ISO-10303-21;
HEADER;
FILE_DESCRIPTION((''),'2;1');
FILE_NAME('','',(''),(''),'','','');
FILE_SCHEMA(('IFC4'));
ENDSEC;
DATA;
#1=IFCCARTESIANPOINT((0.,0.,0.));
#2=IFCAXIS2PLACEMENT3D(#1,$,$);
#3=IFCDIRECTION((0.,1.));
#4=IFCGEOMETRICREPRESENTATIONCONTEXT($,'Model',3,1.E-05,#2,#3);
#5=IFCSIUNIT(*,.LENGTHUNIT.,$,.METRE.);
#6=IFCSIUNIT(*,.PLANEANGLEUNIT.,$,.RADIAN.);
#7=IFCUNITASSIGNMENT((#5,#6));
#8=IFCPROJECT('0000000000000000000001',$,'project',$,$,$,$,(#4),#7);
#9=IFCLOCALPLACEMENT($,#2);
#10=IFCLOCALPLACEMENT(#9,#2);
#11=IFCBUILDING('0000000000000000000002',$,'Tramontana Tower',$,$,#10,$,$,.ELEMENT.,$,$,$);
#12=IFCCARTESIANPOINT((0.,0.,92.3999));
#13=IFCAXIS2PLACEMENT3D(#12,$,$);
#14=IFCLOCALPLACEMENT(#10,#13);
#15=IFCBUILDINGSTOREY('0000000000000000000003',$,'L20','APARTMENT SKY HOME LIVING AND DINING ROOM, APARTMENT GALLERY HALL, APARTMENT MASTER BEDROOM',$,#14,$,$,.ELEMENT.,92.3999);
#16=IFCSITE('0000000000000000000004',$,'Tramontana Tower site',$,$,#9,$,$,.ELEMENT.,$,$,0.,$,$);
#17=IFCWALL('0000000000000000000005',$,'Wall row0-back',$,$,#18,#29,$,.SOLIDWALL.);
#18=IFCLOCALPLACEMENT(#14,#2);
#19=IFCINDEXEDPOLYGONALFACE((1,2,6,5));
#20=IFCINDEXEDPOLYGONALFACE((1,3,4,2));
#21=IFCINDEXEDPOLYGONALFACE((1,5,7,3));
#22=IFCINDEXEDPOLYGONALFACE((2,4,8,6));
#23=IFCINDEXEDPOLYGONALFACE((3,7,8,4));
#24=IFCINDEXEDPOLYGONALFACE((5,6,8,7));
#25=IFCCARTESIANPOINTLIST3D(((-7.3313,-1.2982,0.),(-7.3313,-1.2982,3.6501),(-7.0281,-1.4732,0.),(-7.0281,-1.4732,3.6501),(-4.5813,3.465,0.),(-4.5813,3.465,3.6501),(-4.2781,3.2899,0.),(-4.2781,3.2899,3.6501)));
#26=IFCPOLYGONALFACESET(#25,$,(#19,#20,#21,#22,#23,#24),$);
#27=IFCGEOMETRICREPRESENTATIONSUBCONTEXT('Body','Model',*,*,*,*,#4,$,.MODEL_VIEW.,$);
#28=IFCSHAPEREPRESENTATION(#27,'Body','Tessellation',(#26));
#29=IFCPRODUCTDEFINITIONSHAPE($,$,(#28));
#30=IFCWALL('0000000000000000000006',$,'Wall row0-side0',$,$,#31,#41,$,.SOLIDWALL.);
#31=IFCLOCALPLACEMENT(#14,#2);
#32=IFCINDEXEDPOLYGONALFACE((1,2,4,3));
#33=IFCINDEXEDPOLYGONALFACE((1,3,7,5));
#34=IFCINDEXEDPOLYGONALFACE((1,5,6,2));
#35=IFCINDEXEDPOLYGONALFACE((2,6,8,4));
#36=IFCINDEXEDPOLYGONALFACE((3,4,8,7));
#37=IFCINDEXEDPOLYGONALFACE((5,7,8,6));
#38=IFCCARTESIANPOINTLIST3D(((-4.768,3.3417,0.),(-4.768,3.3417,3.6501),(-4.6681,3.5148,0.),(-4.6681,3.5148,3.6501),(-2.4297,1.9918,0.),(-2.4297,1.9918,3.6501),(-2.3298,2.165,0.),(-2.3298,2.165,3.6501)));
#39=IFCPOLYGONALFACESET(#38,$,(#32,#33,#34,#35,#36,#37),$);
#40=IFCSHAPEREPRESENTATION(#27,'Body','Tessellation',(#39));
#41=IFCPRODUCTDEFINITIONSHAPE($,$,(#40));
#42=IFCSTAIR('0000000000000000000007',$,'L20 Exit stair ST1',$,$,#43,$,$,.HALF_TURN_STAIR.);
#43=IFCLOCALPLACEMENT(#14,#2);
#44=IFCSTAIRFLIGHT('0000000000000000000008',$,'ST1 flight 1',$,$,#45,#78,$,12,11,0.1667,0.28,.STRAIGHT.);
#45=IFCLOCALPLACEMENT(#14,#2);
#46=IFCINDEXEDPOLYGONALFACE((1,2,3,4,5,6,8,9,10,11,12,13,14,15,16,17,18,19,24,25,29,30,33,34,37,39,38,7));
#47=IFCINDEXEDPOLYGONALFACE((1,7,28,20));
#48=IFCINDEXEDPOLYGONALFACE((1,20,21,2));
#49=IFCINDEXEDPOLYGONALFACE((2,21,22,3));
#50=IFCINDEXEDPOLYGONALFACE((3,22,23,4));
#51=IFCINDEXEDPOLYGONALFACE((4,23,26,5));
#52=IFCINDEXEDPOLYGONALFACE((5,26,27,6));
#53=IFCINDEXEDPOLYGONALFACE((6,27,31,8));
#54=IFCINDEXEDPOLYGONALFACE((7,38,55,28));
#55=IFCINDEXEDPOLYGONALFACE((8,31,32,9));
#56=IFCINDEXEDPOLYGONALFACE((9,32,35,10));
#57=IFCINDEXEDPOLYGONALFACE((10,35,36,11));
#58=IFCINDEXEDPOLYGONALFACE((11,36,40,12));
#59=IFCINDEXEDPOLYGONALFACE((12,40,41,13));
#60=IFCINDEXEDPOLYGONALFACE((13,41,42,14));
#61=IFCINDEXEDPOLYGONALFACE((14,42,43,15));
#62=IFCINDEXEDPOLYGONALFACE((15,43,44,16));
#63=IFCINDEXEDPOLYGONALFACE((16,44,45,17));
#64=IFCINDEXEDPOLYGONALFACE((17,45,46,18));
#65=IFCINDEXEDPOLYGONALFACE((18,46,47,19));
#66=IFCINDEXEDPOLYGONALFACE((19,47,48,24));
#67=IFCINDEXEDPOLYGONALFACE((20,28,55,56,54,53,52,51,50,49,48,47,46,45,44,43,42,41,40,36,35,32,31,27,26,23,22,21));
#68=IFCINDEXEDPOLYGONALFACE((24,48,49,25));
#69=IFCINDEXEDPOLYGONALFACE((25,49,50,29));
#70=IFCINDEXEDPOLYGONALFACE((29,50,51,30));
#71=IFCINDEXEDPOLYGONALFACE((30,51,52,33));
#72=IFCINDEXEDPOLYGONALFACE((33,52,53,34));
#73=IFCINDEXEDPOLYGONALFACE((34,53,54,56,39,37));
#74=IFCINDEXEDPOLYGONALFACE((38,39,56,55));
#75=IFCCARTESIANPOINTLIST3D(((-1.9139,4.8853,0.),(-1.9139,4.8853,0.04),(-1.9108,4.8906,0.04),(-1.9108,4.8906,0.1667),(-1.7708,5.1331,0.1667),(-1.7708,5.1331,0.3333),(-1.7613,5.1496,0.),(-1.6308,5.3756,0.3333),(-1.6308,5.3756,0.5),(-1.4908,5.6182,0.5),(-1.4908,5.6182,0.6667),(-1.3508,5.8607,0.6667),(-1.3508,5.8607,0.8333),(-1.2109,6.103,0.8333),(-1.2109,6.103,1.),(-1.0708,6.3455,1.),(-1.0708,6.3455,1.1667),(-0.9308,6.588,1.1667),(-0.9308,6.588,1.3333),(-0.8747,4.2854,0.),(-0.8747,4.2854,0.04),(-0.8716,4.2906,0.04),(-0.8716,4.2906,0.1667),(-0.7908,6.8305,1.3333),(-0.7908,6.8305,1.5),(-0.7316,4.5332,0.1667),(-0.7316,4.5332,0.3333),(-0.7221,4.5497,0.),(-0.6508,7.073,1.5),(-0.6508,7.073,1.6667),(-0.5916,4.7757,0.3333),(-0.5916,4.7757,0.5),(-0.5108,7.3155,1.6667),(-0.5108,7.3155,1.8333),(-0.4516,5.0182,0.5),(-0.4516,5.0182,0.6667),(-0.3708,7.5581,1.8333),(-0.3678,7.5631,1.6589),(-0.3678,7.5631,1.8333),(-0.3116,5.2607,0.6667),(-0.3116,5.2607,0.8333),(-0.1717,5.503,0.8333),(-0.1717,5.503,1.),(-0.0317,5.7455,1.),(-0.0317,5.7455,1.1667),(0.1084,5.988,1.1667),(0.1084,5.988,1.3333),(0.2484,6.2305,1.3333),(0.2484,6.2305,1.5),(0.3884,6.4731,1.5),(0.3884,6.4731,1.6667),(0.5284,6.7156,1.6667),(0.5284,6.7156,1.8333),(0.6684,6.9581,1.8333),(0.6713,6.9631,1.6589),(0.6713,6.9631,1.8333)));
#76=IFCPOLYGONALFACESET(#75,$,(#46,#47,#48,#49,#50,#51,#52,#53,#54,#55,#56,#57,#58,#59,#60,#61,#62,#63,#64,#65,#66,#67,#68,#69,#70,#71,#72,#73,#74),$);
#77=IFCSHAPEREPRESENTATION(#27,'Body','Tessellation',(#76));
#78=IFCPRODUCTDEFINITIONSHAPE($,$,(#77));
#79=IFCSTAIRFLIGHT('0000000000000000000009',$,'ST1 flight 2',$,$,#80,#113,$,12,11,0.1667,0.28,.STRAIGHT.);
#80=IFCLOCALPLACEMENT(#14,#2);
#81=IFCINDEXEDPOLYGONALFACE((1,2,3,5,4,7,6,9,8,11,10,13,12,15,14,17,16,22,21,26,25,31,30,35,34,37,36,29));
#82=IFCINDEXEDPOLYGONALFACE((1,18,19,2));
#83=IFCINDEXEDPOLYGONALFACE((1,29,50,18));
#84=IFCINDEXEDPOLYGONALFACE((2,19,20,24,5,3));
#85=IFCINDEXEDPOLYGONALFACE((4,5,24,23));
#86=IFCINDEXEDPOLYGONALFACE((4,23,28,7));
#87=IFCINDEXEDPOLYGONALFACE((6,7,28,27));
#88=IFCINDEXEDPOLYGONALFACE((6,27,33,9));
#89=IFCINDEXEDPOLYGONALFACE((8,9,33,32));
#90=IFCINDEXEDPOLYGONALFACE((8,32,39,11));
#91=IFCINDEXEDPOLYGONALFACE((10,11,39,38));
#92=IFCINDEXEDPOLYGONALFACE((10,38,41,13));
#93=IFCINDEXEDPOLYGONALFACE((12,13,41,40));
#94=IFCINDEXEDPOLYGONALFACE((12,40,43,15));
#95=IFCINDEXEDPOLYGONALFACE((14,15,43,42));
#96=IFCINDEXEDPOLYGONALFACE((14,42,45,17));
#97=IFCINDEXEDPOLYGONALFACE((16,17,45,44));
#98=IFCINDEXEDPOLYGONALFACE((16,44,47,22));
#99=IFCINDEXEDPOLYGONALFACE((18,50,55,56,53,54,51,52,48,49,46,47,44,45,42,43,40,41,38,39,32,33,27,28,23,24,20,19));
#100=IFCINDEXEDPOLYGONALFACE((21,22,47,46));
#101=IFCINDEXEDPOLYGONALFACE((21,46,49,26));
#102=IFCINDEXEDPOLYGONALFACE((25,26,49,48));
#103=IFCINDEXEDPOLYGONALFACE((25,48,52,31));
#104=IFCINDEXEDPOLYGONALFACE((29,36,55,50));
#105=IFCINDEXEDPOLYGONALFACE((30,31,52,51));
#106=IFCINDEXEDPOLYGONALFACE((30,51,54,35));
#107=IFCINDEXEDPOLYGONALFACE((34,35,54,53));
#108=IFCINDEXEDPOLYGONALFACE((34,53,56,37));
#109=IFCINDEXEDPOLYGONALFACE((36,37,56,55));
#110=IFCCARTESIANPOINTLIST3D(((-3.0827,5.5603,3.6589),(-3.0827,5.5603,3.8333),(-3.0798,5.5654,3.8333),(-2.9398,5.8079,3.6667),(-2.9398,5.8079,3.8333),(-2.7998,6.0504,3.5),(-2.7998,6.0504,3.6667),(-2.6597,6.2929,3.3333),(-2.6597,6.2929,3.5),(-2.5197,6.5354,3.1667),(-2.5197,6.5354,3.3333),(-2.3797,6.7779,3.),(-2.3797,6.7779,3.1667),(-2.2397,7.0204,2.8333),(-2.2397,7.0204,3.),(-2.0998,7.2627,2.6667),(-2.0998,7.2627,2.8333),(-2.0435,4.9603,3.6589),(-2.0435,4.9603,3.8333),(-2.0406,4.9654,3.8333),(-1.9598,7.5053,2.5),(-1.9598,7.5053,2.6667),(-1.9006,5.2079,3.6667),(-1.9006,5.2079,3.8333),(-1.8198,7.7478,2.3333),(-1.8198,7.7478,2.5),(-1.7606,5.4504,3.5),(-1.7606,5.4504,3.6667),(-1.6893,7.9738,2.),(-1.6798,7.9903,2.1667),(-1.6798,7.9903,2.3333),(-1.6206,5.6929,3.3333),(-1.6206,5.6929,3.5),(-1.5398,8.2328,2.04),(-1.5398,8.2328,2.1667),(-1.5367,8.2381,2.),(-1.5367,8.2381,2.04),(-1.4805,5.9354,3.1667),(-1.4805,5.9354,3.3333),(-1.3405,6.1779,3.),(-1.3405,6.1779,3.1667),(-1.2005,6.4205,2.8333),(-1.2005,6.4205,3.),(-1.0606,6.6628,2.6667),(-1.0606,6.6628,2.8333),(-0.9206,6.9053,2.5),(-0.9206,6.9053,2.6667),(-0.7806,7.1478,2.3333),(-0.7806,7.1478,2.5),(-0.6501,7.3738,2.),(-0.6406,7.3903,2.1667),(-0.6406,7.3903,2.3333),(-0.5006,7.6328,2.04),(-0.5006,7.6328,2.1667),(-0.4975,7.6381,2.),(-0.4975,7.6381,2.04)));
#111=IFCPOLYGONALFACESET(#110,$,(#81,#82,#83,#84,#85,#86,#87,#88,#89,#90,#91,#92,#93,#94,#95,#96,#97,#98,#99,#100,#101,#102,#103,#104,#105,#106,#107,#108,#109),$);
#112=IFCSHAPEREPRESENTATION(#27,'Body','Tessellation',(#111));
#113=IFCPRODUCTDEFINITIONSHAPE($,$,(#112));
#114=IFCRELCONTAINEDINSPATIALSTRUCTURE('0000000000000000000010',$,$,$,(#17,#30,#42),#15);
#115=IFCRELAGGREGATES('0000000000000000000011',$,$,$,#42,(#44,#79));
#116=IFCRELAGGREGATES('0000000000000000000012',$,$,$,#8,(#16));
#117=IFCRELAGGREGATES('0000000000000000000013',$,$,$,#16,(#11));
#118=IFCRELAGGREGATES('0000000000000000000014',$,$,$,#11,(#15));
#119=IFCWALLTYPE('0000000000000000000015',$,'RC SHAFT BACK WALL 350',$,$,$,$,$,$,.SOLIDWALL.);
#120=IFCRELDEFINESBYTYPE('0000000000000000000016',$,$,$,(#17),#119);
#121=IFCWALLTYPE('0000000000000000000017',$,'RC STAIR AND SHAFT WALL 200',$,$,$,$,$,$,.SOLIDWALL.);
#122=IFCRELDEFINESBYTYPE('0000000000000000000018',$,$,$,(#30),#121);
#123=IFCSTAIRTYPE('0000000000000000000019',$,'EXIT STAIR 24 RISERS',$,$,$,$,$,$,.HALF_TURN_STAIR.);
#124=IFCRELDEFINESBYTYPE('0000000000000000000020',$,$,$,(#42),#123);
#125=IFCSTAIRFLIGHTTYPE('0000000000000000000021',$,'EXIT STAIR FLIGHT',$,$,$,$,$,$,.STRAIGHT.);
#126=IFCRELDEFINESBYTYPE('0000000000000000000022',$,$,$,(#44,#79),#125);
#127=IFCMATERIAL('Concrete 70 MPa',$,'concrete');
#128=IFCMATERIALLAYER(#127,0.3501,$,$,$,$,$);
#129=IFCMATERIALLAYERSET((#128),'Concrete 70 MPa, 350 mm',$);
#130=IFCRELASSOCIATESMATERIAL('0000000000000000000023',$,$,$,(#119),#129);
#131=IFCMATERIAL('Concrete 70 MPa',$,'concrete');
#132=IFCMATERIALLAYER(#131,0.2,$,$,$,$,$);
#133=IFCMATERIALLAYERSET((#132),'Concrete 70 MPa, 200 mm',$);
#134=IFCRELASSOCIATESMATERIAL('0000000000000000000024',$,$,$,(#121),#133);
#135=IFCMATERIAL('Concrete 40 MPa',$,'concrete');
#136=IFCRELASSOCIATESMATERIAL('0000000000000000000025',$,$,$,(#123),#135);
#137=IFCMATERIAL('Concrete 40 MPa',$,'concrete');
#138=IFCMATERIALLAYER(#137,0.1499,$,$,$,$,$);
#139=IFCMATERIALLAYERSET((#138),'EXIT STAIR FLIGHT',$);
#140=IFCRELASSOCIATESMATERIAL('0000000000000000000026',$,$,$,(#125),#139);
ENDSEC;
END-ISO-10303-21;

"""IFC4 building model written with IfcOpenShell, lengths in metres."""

from ifc_helpers import new_model, si_unit, direction, frame, frame_2d, origin, place, context, subcontext, project, spatial, polyline, rectangle, outline, extrude, material, layer, layer_set, type_object, element, aggregate, save


model = new_model("IFC4")

# Units and contexts
model_context = context("Model", 3, precision=1e-05, world=origin(), true_north=direction((0.0, 1.0)))
body_context = subcontext(model_context, "Body", "Model", "MODEL_VIEW")
ifc_project = project(units=[si_unit("LENGTHUNIT", "METRE"), si_unit("PLANEANGLEUNIT", "RADIAN")], contexts=[model_context])

# Site, building, storey
site_placement = place(None, origin())
site = spatial("IfcSite", under=ifc_project, at=site_placement, Name="Tramontana Tower site", CompositionType="ELEMENT", RefElevation=0.0)
building_placement = place(site_placement, origin())
building = spatial("IfcBuilding", under=site, at=building_placement, Name="Tramontana Tower", CompositionType="ELEMENT")
storey_placement = place(building_placement, frame((0.0, 0.0, 92.3999)))
storey = spatial("IfcBuildingStorey", under=building, at=storey_placement, Name="L20", Description="APARTMENT SKY HOME LIVING AND DINING ROOM, APARTMENT GALLERY HALL, APARTMENT MASTER BEDROOM", CompositionType="ELEMENT", Elevation=92.3999)

# Wall
ifc_material_1 = material(Name="Concrete 70 MPa", Category="concrete")
ifc_layer_1 = layer(ifc_material_1, 0.3501)
ifc_layer_set_1 = layer_set([ifc_layer_1], Name="Concrete 70 MPa, 350 mm")
wall_type_1 = type_object("IfcWallType", Name="RC SHAFT BACK WALL 350", PredefinedType="SOLIDWALL", material=ifc_layer_set_1)
wall_1_placement = place(storey_placement, frame((-4.4297, 3.3774, 0.0), z_axis=(0.0, 0.0, 1.0), x_axis=(-0.499997, -0.866027, 0.0)))
element("IfcWall", 1, at=wall_1_placement, inside=storey, type_object=wall_type_1, Name="Wall row0-back", PredefinedType="SOLIDWALL", context=body_context, shape_type="SweptSolid", body=[
    extrude(rectangle(XDim=5.5, YDim=0.3501, at=frame_2d((2.75, 0.0))), origin(), (0.0, 0.0, 1.0), 3.6501),
])

# Shared definitions
ifc_material_2 = material(Name="Concrete 70 MPa", Category="concrete")
ifc_layer_2 = layer(ifc_material_2, 0.2)
ifc_layer_set_2 = layer_set([ifc_layer_2], Name="Concrete 70 MPa, 200 mm")
wall_type_2 = type_object("IfcWallType", Name="RC STAIR AND SHAFT WALL 200", PredefinedType="SOLIDWALL", material=ifc_layer_set_2)

# Wall
wall_2_placement = place(storey_placement, frame((-2.3796, 2.0784, 0.0), z_axis=(0.0, 0.0, 1.0), x_axis=(-0.866059, 0.499942, 0.0)))
element("IfcWall", 2, at=wall_2_placement, inside=storey, type_object=wall_type_2, Name="Wall row0-side0", PredefinedType="SOLIDWALL", context=body_context, shape_type="SweptSolid", body=[
    extrude(rectangle(XDim=2.7, YDim=0.2, at=frame_2d((1.3501, 0.0))), origin(), (0.0, 0.0, 1.0), 3.6501),
])

# Stair, stair flights
ifc_material_3 = material(Name="Concrete 40 MPa", Category="concrete")
stair_type = type_object("IfcStairType", Name="EXIT STAIR 24 RISERS", PredefinedType="HALF_TURN_STAIR", material=ifc_material_3)
stair_placement = place(storey_placement, origin())
stair = element("IfcStair", 3, at=stair_placement, inside=storey, type_object=stair_type, Name="L20 Exit stair ST1", PredefinedType="HALF_TURN_STAIR")
ifc_material_4 = material(Name="Concrete 40 MPa", Category="concrete")
ifc_layer_3 = layer(ifc_material_4, 0.1499)
ifc_layer_set_3 = layer_set([ifc_layer_3], Name="EXIT STAIR FLIGHT")
stair_flight_type = type_object("IfcStairFlightType", Name="EXIT STAIR FLIGHT", PredefinedType="STRAIGHT", material=ifc_layer_set_3)
stair_flight_1_placement = place(storey_placement, frame((-1.3911, 4.5906, 0.0), z_axis=(0.0, 0.0, 1.0), x_axis=(0.5, 0.866025, 0.0)))
stair_flight_1 = element("IfcStairFlight", 4, at=stair_flight_1_placement, type_object=stair_flight_type, Name="ST1 flight 1", NumberOfRisers=12, NumberOfTreads=11, PredefinedType="STRAIGHT", RiserHeight=0.1667, TreadLength=0.28, context=body_context, shape_type="SweptSolid", body=[
    extrude(outline(polyline([(-0.0061, 0.0), (-0.0061, 0.04), (0.0, 0.04), (0.0, 0.1667), (0.28, 0.1667), (0.28, 0.3333), (0.5601, 0.3333), (0.5601, 0.5), (0.8401, 0.5), (0.8401, 0.6667), (1.1201, 0.6667), (1.1201, 0.8333), (1.3999, 0.8333), (1.3999, 1.0), (1.6799, 1.0), (1.6799, 1.1667), (1.96, 1.1667), (1.96, 1.3333), (2.24, 1.3333), (2.24, 1.5), (2.52, 1.5), (2.52, 1.6667), (2.8, 1.6667), (2.8, 1.8333), (3.0801, 1.8333), (3.0859, 1.8333), (3.0859, 1.6589), (0.2991, 0.0), (-0.0061, 0.0)])), frame((0.0, 0.6001, 0.0), z_axis=(0.0, -1.0, 0.0), x_axis=(1.0, 0.0, 0.0)), (0.0, 0.0, 1.0), 1.2),
])
stair_flight_2_placement = place(storey_placement, frame((-1.0203, 7.9329, 2.0), z_axis=(0.0, 0.0, 1.0), x_axis=(-0.5, -0.866025, 0.0)))
stair_flight_2 = element("IfcStairFlight", 5, at=stair_flight_2_placement, type_object=stair_flight_type, Name="ST1 flight 2", NumberOfRisers=12, NumberOfTreads=11, PredefinedType="STRAIGHT", RiserHeight=0.1667, TreadLength=0.28, context=body_context, shape_type="SweptSolid", body=[
    extrude(outline(polyline([(-0.0061, 0.0), (-0.0061, 0.04), (0.0, 0.04), (0.0, 0.1667), (0.28, 0.1667), (0.28, 0.3333), (0.5601, 0.3333), (0.5601, 0.5), (0.8401, 0.5), (0.8401, 0.6667), (1.1201, 0.6667), (1.1201, 0.8333), (1.3999, 0.8333), (1.3999, 1.0), (1.6799, 1.0), (1.6799, 1.1667), (1.96, 1.1667), (1.96, 1.3333), (2.24, 1.3333), (2.24, 1.5), (2.52, 1.5), (2.52, 1.6667), (2.8, 1.6667), (2.8, 1.8333), (3.0801, 1.8333), (3.0859, 1.8333), (3.0859, 1.6589), (0.2991, 0.0), (-0.0061, 0.0)])), frame((0.0, 0.6001, 0.0), z_axis=(0.0, -1.0, 0.0), x_axis=(1.0, 0.0, 0.0)), (0.0, 0.0, 1.0), 1.2),
])
aggregate(stair, [stair_flight_1, stair_flight_2])

save(model, "model.ifc")
